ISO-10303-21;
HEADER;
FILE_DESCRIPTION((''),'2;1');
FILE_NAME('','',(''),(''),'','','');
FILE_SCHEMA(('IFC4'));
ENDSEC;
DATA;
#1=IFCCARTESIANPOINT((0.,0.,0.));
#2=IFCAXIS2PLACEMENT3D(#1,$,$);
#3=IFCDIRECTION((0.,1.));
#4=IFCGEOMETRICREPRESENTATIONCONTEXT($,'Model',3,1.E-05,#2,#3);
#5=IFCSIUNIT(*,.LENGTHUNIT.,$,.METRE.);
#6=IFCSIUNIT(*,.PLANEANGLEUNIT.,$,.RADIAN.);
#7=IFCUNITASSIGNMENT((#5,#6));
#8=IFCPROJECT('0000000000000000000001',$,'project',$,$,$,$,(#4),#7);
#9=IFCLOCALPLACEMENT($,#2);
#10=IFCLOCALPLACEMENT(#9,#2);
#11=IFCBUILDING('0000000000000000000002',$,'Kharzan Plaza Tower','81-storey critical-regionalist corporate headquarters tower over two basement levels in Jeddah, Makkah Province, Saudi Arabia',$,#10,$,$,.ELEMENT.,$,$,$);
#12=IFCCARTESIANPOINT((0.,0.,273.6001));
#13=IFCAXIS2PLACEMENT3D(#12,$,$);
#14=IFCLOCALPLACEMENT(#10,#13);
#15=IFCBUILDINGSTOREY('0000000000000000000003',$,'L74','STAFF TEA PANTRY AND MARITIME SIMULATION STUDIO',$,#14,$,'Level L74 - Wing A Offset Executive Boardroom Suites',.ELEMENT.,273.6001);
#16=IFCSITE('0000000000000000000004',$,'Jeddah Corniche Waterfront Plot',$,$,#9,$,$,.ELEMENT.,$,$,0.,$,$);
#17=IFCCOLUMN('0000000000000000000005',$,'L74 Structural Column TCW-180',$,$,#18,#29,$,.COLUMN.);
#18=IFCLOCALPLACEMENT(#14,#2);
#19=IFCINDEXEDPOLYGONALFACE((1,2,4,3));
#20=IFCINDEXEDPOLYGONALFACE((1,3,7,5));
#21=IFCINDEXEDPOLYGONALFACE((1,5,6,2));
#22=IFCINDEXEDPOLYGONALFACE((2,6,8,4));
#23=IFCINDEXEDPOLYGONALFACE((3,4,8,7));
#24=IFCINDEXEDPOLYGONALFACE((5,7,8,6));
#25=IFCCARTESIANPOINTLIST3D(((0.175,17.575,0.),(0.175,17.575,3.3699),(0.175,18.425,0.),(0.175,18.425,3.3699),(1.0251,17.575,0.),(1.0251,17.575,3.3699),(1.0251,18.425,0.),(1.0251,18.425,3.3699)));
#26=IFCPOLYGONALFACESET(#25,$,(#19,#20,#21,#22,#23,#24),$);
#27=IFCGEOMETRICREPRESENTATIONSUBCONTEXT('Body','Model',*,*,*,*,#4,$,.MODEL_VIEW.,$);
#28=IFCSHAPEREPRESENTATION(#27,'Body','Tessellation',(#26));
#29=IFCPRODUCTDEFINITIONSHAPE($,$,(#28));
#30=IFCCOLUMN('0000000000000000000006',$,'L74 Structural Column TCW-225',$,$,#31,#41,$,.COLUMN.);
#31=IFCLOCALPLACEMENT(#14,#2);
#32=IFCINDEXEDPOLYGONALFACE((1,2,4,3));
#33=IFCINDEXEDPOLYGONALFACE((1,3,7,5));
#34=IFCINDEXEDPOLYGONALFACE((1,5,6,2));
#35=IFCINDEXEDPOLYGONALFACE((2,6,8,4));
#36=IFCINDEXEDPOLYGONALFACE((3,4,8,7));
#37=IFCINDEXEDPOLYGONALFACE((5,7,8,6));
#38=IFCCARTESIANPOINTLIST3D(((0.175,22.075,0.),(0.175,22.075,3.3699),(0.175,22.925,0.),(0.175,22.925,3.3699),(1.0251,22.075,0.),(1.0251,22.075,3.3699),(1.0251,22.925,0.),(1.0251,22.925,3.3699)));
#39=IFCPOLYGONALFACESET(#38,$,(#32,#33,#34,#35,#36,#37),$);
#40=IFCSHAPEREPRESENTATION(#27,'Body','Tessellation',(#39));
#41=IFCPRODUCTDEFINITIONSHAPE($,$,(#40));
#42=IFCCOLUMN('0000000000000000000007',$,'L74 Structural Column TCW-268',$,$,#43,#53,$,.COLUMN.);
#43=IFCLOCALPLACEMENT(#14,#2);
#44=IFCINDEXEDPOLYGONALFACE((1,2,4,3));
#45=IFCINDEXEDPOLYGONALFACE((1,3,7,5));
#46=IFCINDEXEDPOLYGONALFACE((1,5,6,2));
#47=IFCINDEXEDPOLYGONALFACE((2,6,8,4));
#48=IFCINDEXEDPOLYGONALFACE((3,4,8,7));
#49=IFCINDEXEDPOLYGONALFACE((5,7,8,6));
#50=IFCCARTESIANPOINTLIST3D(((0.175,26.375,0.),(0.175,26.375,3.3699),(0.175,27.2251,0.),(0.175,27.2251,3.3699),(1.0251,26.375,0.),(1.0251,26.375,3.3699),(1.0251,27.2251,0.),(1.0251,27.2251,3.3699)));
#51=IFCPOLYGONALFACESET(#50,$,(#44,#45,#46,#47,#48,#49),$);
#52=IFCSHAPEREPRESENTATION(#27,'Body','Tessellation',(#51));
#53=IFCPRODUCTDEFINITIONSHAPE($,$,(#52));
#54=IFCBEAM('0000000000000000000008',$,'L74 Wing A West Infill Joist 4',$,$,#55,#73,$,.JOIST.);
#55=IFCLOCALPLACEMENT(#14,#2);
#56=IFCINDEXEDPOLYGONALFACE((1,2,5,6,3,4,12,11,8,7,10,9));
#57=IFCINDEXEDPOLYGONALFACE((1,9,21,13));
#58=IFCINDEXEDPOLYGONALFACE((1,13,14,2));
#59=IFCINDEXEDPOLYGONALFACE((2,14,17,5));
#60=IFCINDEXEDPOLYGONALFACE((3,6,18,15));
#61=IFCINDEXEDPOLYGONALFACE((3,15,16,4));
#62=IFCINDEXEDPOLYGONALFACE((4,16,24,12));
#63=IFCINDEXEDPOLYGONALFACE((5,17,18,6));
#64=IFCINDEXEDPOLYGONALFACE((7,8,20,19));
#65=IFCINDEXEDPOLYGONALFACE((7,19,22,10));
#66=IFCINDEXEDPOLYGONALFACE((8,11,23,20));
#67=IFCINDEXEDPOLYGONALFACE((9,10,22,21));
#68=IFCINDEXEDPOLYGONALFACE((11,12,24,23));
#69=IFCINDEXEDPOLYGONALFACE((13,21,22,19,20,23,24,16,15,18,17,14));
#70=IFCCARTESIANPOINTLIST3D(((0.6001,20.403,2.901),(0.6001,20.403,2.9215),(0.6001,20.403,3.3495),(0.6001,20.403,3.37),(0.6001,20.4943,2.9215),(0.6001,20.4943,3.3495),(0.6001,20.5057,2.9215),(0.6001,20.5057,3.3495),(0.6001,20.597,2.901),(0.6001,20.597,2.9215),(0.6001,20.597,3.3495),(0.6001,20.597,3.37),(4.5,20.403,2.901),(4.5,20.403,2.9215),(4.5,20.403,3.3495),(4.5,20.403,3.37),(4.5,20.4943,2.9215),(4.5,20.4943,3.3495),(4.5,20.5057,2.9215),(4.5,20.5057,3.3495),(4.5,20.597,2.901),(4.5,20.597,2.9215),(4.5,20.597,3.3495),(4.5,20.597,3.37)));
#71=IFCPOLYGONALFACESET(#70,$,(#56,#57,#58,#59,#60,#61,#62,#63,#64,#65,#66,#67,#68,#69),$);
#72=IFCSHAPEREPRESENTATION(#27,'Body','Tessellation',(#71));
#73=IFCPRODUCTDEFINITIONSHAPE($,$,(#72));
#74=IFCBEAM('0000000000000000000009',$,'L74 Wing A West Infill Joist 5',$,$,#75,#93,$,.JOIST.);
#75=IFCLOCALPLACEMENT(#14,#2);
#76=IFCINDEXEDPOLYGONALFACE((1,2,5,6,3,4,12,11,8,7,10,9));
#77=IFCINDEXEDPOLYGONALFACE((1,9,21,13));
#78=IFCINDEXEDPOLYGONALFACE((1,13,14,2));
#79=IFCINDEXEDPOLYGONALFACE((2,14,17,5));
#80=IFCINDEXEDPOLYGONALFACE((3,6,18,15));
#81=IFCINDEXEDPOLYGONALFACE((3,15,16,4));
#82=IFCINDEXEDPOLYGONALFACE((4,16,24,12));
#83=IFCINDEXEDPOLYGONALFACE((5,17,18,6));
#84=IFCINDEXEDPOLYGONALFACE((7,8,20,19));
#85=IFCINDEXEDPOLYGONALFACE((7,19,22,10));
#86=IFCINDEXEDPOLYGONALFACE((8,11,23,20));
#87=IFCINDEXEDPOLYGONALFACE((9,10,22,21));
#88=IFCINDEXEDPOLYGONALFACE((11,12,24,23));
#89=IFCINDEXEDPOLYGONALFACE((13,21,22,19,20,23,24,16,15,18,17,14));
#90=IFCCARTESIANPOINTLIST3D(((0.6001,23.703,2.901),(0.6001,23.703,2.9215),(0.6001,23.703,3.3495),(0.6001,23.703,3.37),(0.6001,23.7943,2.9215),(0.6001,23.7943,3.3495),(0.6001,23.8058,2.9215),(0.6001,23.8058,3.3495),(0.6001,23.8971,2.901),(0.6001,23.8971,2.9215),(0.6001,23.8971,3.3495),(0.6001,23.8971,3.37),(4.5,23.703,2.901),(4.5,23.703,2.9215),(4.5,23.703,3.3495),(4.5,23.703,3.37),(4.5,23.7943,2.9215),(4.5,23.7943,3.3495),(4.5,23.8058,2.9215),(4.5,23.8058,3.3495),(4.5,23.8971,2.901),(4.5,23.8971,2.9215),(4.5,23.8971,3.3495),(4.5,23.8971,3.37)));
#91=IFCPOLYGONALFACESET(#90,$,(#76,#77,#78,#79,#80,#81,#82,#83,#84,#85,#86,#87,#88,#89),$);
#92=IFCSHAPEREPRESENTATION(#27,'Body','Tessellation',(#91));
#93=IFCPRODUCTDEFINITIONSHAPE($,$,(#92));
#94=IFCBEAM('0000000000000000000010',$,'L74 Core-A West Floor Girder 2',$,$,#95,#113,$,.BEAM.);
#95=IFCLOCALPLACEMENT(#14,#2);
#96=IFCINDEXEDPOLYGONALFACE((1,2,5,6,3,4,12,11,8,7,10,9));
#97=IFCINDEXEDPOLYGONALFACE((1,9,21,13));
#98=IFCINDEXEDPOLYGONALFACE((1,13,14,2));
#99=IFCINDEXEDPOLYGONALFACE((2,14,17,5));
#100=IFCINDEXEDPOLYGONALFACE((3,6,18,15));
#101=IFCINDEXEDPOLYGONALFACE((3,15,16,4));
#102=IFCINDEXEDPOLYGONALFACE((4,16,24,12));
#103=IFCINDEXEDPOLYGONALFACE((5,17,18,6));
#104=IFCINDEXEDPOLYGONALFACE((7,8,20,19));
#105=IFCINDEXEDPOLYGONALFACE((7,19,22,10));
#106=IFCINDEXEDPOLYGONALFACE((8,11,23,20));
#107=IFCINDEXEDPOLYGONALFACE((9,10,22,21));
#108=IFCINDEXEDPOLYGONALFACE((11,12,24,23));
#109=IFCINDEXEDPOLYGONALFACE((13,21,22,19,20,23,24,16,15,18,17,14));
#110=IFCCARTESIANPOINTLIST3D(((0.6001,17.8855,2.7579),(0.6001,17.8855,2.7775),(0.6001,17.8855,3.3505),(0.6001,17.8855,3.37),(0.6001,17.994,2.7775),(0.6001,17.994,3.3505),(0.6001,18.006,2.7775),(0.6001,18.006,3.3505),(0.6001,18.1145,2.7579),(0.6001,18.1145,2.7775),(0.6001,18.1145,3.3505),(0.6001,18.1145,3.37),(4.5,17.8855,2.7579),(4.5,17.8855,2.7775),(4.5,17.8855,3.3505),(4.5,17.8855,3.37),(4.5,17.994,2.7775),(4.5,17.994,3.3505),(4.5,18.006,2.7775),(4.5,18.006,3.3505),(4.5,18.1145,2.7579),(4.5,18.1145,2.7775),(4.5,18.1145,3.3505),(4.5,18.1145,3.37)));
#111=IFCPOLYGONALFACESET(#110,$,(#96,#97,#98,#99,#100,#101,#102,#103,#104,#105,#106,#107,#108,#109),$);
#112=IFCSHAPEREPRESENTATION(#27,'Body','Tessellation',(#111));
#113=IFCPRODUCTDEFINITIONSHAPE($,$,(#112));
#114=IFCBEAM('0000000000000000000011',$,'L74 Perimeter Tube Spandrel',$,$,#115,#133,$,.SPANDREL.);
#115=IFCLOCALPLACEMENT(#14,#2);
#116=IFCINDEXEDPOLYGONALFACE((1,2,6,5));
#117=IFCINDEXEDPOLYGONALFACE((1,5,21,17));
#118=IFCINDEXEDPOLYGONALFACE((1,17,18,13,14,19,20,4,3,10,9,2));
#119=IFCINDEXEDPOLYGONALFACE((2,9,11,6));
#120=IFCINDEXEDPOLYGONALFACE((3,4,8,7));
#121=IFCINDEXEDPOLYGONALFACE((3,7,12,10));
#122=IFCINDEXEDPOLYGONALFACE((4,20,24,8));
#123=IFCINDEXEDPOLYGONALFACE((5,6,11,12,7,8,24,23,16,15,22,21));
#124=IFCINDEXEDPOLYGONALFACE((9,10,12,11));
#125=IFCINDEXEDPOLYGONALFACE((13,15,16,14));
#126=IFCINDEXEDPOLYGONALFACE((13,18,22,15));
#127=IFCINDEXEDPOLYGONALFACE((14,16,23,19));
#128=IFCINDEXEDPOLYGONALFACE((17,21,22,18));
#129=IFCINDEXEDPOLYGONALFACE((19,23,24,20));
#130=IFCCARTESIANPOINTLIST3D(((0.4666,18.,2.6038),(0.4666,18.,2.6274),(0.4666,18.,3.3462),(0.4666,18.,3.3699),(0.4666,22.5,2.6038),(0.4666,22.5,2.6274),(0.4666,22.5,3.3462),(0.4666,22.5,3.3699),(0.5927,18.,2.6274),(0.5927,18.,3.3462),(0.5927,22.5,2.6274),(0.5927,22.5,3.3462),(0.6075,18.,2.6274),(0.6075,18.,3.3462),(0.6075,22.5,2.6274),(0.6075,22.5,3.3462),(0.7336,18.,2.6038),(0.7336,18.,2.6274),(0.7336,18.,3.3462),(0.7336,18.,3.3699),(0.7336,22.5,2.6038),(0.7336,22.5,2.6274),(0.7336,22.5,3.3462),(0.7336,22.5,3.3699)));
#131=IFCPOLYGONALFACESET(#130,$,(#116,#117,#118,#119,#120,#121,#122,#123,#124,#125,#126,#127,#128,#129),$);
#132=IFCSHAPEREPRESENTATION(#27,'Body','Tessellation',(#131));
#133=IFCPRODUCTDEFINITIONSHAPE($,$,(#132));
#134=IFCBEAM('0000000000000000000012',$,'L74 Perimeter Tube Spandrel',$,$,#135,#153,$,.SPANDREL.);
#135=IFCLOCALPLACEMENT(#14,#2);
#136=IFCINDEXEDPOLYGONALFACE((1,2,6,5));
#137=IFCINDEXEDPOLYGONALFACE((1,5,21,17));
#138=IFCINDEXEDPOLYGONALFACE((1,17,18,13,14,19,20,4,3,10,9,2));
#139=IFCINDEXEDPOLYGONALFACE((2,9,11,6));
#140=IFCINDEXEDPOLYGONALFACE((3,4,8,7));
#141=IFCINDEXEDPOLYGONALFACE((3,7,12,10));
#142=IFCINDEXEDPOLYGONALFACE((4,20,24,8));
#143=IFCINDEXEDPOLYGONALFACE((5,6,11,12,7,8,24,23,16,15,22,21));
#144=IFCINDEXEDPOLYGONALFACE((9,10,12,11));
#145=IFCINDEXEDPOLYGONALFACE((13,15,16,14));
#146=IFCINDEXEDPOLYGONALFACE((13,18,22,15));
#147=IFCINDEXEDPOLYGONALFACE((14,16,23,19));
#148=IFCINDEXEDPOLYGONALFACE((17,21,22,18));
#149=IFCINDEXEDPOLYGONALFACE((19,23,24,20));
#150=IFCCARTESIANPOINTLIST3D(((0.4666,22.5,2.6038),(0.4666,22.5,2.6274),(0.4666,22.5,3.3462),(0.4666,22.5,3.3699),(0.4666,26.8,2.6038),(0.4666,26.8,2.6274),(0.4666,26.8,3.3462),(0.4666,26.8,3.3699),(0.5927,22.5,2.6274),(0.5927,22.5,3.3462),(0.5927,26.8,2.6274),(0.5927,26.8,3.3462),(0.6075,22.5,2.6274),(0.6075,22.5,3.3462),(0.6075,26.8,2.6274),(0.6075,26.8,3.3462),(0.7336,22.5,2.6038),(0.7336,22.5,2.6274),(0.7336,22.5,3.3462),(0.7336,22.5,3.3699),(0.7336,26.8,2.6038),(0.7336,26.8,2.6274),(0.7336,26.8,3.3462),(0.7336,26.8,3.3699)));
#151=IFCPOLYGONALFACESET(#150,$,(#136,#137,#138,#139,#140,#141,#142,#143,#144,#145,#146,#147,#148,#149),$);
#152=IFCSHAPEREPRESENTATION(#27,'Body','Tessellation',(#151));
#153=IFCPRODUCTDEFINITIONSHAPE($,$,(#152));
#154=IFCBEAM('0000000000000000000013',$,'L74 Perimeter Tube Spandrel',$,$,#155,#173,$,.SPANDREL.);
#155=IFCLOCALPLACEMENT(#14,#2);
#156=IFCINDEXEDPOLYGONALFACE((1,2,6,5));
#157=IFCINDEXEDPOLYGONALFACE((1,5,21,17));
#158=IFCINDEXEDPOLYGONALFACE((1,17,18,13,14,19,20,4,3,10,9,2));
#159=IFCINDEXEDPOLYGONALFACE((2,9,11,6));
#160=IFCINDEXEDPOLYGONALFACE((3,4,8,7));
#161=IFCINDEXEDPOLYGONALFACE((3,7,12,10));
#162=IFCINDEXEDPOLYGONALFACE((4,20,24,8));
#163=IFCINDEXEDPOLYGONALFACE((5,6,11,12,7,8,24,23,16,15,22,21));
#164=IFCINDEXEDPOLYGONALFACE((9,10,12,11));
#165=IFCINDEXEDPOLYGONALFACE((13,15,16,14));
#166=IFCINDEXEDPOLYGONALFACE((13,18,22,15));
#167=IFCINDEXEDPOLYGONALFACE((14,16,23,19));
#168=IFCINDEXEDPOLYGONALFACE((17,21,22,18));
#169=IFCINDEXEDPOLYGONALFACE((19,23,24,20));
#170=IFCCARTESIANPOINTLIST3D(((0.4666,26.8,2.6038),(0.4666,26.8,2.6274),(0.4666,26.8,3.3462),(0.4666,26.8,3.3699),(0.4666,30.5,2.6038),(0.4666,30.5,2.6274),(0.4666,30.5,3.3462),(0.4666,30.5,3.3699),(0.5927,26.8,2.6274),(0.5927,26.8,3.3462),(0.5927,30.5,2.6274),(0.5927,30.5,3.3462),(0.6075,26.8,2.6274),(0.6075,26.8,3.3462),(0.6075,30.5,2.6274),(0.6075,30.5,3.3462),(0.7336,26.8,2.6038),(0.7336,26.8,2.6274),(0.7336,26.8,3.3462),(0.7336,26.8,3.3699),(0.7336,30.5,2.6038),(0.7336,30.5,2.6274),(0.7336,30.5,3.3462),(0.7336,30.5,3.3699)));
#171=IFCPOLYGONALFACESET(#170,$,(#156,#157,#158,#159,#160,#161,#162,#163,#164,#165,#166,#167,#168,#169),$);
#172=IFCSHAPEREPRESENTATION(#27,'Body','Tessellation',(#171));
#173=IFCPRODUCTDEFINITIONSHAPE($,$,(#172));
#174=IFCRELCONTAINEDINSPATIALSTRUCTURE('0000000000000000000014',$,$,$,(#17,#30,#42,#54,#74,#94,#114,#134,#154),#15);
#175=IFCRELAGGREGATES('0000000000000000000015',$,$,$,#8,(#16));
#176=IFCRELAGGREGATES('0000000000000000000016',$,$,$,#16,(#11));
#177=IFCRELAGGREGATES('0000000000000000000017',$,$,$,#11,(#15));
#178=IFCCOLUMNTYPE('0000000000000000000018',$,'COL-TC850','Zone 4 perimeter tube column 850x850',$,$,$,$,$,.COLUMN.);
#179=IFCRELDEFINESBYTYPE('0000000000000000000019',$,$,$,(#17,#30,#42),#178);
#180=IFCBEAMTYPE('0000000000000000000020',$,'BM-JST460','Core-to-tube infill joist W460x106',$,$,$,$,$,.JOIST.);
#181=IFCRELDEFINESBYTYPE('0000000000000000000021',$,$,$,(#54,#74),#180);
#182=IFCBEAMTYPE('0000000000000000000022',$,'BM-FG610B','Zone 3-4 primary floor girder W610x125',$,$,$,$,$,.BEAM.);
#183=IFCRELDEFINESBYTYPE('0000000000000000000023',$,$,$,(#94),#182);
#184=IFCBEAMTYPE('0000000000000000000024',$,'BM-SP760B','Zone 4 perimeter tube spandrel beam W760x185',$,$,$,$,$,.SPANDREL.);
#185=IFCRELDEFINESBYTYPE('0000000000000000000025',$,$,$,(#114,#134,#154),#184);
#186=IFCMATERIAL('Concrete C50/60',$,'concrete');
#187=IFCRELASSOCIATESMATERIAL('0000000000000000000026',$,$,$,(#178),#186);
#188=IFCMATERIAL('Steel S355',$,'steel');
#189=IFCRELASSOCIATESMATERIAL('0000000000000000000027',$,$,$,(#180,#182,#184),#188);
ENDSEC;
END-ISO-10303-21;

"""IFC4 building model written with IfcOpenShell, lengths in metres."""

from ifc_helpers import new_model, si_unit, direction, frame, origin, origin_2d, place, context, subcontext, project, spatial, rectangle, i_section, extrude, source, transform, mapped, material, material_profile, profile_set, type_object, element, save


model = new_model("IFC4")

# Units and contexts
model_context = context("Model", 3, precision=1e-05, world=origin(), true_north=direction((0.0, 1.0)))
body_context = subcontext(model_context, "Body", "Model", "MODEL_VIEW")
ifc_project = project(units=[si_unit("LENGTHUNIT", "METRE"), si_unit("PLANEANGLEUNIT", "RADIAN")], contexts=[model_context])

# Site, building, storey
site_placement = place(None, origin())
site = spatial("IfcSite", under=ifc_project, at=site_placement, Name="Jeddah Corniche Waterfront Plot", CompositionType="ELEMENT", RefElevation=0.0)
building_placement = place(site_placement, origin())
building = spatial("IfcBuilding", under=site, at=building_placement, Name="Kharzan Plaza Tower", Description="81-storey critical-regionalist corporate headquarters tower over two basement levels in Jeddah, Makkah Province, Saudi Arabia", CompositionType="ELEMENT")
storey_placement = place(building_placement, frame((0.0, 0.0, 273.6001)))
storey = spatial("IfcBuildingStorey", under=building, at=storey_placement, Name="L74", Description="STAFF TEA PANTRY AND MARITIME SIMULATION STUDIO", LongName="Level L74 - Wing A Offset Executive Boardroom Suites", CompositionType="ELEMENT", Elevation=273.6001)

# Columns
ifc_material_1 = material(Name="Concrete C50/60", Category="concrete")
ifc_material_profile_1 = material_profile(ifc_material_1, rectangle(XDim=0.8501, YDim=0.8501, at=origin_2d()), Name="RC-TC850x850")
ifc_profile_set_1 = profile_set([ifc_material_profile_1], Name="Concrete C50/60")
column_type = type_object("IfcColumnType", Name="COL-TC850", Description="Zone 4 perimeter tube column 850x850", PredefinedType="COLUMN", material=ifc_profile_set_1)
shared_shape_1 = source(origin(), body_context, "Body", "SweptSolid", [
    extrude(rectangle(XDim=0.8501, YDim=0.8501, at=origin_2d()), origin(), (0.0, 0.0, 1.0), 3.3699),
])
for number, where, z_axis, x_axis, name in (
    (1, (0.6001, 18.0, 0.0), (0.0, 0.0, 1.0), (1.0, 0.0, 0.0), "L74 Structural Column TCW-180"),
    (2, (0.6001, 22.5, 0.0), (0.0, 0.0, 1.0), (1.0, 0.0, 0.0), "L74 Structural Column TCW-225"),
    (3, (0.6001, 26.8, 0.0), (0.0, 0.0, 1.0), (1.0, 0.0, 0.0), "L74 Structural Column TCW-268"),
):
    element("IfcColumn", number, at=place(storey_placement, frame(where, z_axis=z_axis, x_axis=x_axis)), inside=storey, type_object=column_type, Name=name, PredefinedType="COLUMN", context=body_context, shape_type="MappedRepresentation", body=[
        mapped(shared_shape_1, transform((0.0, 0.0, 0.0), x_axis=(1.0, 0.0, 0.0), y_axis=(0.0, 1.0, 0.0), z_axis=(0.0, 0.0, 1.0))),
    ])

# Beams
ifc_material_2 = material(Name="Steel S355", Category="steel")
ifc_material_profile_2 = material_profile(ifc_material_2, i_section(OverallWidth=0.1941, OverallDepth=0.469, WebThickness=0.0115, FlangeThickness=0.0205, at=origin_2d()), Name="W460x106")
ifc_profile_set_2 = profile_set([ifc_material_profile_2], Name="Steel S355")
beam_type_1 = type_object("IfcBeamType", Name="BM-JST460", Description="Core-to-tube infill joist W460x106", PredefinedType="JOIST", material=ifc_profile_set_2)
shared_shape_2 = source(origin(), body_context, "Body", "SweptSolid", [
    extrude(i_section(OverallWidth=0.1941, OverallDepth=0.469, WebThickness=0.0115, FlangeThickness=0.0205, at=origin_2d()), origin(), (0.0, 0.0, 1.0), 3.8999),
])
for number, where, z_axis, x_axis, name in (
    (4, (0.6001, 20.5, 3.1355), (1.0, 0.0, 0.0), (0.0, 1.0, 0.0), "L74 Wing A West Infill Joist 4"),
    (5, (0.6001, 23.8, 3.1355), (1.0, 0.0, 0.0), (0.0, 1.0, 0.0), "L74 Wing A West Infill Joist 5"),
):
    element("IfcBeam", number, at=place(storey_placement, frame(where, z_axis=z_axis, x_axis=x_axis)), inside=storey, type_object=beam_type_1, Name=name, PredefinedType="JOIST", context=body_context, shape_type="MappedRepresentation", body=[
        mapped(shared_shape_2, transform((0.0, 0.0, 0.0), x_axis=(1.0, 0.0, 0.0), y_axis=(0.0, 1.0, 0.0), z_axis=(0.0, 0.0, 1.0))),
    ])
ifc_material_profile_3 = material_profile(ifc_material_2, i_section(OverallWidth=0.229, OverallDepth=0.6121, WebThickness=0.012, FlangeThickness=0.0195, at=origin_2d()), Name="W610x125")
ifc_profile_set_3 = profile_set([ifc_material_profile_3], Name="Steel S355")
beam_type_2 = type_object("IfcBeamType", Name="BM-FG610B", Description="Zone 3-4 primary floor girder W610x125", PredefinedType="BEAM", material=ifc_profile_set_3)
shared_shape_3 = source(origin(), body_context, "Body", "SweptSolid", [
    extrude(i_section(OverallWidth=0.229, OverallDepth=0.6121, WebThickness=0.012, FlangeThickness=0.0195, at=origin_2d()), origin(), (0.0, 0.0, 1.0), 3.8999),
])
beam_1_placement = place(storey_placement, frame((0.6001, 18.0, 3.064), z_axis=(1.0, 0.0, 0.0), x_axis=(0.0, 1.0, 0.0)))
element("IfcBeam", 6, at=beam_1_placement, inside=storey, type_object=beam_type_2, Name="L74 Core-A West Floor Girder 2", PredefinedType="BEAM", context=body_context, shape_type="MappedRepresentation", body=[
    mapped(shared_shape_3, transform((0.0, 0.0, 0.0), x_axis=(1.0, 0.0, 0.0), y_axis=(0.0, 1.0, 0.0), z_axis=(0.0, 0.0, 1.0))),
])
ifc_material_profile_4 = material_profile(ifc_material_2, i_section(OverallWidth=0.2671, OverallDepth=0.7661, WebThickness=0.0149, FlangeThickness=0.0237, at=origin_2d()), Name="W760x185")
ifc_profile_set_4 = profile_set([ifc_material_profile_4], Name="Steel S355")
beam_type_3 = type_object("IfcBeamType", Name="BM-SP760B", Description="Zone 4 perimeter tube spandrel beam W760x185", PredefinedType="SPANDREL", material=ifc_profile_set_4)
shared_shape_4 = source(origin(), body_context, "Body", "SweptSolid", [
    extrude(i_section(OverallWidth=0.2671, OverallDepth=0.7661, WebThickness=0.0149, FlangeThickness=0.0237, at=origin_2d()), origin(), (0.0, 0.0, 1.0), 4.5),
])
beam_2_placement = place(storey_placement, frame((0.6001, 18.0, 2.9868), z_axis=(0.0, 1.0, 0.0), x_axis=(-1.0, 0.0, 0.0)))
element("IfcBeam", 7, at=beam_2_placement, inside=storey, type_object=beam_type_3, Name="L74 Perimeter Tube Spandrel", PredefinedType="SPANDREL", context=body_context, shape_type="MappedRepresentation", body=[
    mapped(shared_shape_4, transform((0.0, 0.0, 0.0), x_axis=(1.0, 0.0, 0.0), y_axis=(0.0, 1.0, 0.0), z_axis=(0.0, 0.0, 1.0))),
])
shared_shape_5 = source(origin(), body_context, "Body", "SweptSolid", [
    extrude(i_section(OverallWidth=0.2671, OverallDepth=0.7661, WebThickness=0.0149, FlangeThickness=0.0237, at=origin_2d()), origin(), (0.0, 0.0, 1.0), 4.3),
])
beam_3_placement = place(storey_placement, frame((0.6001, 22.5, 2.9868), z_axis=(0.0, 1.0, 0.0), x_axis=(-1.0, 0.0, 0.0)))
element("IfcBeam", 8, at=beam_3_placement, inside=storey, type_object=beam_type_3, Name="L74 Perimeter Tube Spandrel", PredefinedType="SPANDREL", context=body_context, shape_type="MappedRepresentation", body=[
    mapped(shared_shape_5, transform((0.0, 0.0, 0.0), x_axis=(1.0, 0.0, 0.0), y_axis=(0.0, 1.0, 0.0), z_axis=(0.0, 0.0, 1.0))),
])
shared_shape_6 = source(origin(), body_context, "Body", "SweptSolid", [
    extrude(i_section(OverallWidth=0.2671, OverallDepth=0.7661, WebThickness=0.0149, FlangeThickness=0.0237, at=origin_2d()), origin(), (0.0, 0.0, 1.0), 3.7),
])
beam_4_placement = place(storey_placement, frame((0.6001, 26.8, 2.9868), z_axis=(0.0, 1.0, 0.0), x_axis=(-1.0, 0.0, 0.0)))
element("IfcBeam", 9, at=beam_4_placement, inside=storey, type_object=beam_type_3, Name="L74 Perimeter Tube Spandrel", PredefinedType="SPANDREL", context=body_context, shape_type="MappedRepresentation", body=[
    mapped(shared_shape_6, transform((0.0, 0.0, 0.0), x_axis=(1.0, 0.0, 0.0), y_axis=(0.0, 1.0, 0.0), z_axis=(0.0, 0.0, 1.0))),
])

save(model, "model.ifc")
